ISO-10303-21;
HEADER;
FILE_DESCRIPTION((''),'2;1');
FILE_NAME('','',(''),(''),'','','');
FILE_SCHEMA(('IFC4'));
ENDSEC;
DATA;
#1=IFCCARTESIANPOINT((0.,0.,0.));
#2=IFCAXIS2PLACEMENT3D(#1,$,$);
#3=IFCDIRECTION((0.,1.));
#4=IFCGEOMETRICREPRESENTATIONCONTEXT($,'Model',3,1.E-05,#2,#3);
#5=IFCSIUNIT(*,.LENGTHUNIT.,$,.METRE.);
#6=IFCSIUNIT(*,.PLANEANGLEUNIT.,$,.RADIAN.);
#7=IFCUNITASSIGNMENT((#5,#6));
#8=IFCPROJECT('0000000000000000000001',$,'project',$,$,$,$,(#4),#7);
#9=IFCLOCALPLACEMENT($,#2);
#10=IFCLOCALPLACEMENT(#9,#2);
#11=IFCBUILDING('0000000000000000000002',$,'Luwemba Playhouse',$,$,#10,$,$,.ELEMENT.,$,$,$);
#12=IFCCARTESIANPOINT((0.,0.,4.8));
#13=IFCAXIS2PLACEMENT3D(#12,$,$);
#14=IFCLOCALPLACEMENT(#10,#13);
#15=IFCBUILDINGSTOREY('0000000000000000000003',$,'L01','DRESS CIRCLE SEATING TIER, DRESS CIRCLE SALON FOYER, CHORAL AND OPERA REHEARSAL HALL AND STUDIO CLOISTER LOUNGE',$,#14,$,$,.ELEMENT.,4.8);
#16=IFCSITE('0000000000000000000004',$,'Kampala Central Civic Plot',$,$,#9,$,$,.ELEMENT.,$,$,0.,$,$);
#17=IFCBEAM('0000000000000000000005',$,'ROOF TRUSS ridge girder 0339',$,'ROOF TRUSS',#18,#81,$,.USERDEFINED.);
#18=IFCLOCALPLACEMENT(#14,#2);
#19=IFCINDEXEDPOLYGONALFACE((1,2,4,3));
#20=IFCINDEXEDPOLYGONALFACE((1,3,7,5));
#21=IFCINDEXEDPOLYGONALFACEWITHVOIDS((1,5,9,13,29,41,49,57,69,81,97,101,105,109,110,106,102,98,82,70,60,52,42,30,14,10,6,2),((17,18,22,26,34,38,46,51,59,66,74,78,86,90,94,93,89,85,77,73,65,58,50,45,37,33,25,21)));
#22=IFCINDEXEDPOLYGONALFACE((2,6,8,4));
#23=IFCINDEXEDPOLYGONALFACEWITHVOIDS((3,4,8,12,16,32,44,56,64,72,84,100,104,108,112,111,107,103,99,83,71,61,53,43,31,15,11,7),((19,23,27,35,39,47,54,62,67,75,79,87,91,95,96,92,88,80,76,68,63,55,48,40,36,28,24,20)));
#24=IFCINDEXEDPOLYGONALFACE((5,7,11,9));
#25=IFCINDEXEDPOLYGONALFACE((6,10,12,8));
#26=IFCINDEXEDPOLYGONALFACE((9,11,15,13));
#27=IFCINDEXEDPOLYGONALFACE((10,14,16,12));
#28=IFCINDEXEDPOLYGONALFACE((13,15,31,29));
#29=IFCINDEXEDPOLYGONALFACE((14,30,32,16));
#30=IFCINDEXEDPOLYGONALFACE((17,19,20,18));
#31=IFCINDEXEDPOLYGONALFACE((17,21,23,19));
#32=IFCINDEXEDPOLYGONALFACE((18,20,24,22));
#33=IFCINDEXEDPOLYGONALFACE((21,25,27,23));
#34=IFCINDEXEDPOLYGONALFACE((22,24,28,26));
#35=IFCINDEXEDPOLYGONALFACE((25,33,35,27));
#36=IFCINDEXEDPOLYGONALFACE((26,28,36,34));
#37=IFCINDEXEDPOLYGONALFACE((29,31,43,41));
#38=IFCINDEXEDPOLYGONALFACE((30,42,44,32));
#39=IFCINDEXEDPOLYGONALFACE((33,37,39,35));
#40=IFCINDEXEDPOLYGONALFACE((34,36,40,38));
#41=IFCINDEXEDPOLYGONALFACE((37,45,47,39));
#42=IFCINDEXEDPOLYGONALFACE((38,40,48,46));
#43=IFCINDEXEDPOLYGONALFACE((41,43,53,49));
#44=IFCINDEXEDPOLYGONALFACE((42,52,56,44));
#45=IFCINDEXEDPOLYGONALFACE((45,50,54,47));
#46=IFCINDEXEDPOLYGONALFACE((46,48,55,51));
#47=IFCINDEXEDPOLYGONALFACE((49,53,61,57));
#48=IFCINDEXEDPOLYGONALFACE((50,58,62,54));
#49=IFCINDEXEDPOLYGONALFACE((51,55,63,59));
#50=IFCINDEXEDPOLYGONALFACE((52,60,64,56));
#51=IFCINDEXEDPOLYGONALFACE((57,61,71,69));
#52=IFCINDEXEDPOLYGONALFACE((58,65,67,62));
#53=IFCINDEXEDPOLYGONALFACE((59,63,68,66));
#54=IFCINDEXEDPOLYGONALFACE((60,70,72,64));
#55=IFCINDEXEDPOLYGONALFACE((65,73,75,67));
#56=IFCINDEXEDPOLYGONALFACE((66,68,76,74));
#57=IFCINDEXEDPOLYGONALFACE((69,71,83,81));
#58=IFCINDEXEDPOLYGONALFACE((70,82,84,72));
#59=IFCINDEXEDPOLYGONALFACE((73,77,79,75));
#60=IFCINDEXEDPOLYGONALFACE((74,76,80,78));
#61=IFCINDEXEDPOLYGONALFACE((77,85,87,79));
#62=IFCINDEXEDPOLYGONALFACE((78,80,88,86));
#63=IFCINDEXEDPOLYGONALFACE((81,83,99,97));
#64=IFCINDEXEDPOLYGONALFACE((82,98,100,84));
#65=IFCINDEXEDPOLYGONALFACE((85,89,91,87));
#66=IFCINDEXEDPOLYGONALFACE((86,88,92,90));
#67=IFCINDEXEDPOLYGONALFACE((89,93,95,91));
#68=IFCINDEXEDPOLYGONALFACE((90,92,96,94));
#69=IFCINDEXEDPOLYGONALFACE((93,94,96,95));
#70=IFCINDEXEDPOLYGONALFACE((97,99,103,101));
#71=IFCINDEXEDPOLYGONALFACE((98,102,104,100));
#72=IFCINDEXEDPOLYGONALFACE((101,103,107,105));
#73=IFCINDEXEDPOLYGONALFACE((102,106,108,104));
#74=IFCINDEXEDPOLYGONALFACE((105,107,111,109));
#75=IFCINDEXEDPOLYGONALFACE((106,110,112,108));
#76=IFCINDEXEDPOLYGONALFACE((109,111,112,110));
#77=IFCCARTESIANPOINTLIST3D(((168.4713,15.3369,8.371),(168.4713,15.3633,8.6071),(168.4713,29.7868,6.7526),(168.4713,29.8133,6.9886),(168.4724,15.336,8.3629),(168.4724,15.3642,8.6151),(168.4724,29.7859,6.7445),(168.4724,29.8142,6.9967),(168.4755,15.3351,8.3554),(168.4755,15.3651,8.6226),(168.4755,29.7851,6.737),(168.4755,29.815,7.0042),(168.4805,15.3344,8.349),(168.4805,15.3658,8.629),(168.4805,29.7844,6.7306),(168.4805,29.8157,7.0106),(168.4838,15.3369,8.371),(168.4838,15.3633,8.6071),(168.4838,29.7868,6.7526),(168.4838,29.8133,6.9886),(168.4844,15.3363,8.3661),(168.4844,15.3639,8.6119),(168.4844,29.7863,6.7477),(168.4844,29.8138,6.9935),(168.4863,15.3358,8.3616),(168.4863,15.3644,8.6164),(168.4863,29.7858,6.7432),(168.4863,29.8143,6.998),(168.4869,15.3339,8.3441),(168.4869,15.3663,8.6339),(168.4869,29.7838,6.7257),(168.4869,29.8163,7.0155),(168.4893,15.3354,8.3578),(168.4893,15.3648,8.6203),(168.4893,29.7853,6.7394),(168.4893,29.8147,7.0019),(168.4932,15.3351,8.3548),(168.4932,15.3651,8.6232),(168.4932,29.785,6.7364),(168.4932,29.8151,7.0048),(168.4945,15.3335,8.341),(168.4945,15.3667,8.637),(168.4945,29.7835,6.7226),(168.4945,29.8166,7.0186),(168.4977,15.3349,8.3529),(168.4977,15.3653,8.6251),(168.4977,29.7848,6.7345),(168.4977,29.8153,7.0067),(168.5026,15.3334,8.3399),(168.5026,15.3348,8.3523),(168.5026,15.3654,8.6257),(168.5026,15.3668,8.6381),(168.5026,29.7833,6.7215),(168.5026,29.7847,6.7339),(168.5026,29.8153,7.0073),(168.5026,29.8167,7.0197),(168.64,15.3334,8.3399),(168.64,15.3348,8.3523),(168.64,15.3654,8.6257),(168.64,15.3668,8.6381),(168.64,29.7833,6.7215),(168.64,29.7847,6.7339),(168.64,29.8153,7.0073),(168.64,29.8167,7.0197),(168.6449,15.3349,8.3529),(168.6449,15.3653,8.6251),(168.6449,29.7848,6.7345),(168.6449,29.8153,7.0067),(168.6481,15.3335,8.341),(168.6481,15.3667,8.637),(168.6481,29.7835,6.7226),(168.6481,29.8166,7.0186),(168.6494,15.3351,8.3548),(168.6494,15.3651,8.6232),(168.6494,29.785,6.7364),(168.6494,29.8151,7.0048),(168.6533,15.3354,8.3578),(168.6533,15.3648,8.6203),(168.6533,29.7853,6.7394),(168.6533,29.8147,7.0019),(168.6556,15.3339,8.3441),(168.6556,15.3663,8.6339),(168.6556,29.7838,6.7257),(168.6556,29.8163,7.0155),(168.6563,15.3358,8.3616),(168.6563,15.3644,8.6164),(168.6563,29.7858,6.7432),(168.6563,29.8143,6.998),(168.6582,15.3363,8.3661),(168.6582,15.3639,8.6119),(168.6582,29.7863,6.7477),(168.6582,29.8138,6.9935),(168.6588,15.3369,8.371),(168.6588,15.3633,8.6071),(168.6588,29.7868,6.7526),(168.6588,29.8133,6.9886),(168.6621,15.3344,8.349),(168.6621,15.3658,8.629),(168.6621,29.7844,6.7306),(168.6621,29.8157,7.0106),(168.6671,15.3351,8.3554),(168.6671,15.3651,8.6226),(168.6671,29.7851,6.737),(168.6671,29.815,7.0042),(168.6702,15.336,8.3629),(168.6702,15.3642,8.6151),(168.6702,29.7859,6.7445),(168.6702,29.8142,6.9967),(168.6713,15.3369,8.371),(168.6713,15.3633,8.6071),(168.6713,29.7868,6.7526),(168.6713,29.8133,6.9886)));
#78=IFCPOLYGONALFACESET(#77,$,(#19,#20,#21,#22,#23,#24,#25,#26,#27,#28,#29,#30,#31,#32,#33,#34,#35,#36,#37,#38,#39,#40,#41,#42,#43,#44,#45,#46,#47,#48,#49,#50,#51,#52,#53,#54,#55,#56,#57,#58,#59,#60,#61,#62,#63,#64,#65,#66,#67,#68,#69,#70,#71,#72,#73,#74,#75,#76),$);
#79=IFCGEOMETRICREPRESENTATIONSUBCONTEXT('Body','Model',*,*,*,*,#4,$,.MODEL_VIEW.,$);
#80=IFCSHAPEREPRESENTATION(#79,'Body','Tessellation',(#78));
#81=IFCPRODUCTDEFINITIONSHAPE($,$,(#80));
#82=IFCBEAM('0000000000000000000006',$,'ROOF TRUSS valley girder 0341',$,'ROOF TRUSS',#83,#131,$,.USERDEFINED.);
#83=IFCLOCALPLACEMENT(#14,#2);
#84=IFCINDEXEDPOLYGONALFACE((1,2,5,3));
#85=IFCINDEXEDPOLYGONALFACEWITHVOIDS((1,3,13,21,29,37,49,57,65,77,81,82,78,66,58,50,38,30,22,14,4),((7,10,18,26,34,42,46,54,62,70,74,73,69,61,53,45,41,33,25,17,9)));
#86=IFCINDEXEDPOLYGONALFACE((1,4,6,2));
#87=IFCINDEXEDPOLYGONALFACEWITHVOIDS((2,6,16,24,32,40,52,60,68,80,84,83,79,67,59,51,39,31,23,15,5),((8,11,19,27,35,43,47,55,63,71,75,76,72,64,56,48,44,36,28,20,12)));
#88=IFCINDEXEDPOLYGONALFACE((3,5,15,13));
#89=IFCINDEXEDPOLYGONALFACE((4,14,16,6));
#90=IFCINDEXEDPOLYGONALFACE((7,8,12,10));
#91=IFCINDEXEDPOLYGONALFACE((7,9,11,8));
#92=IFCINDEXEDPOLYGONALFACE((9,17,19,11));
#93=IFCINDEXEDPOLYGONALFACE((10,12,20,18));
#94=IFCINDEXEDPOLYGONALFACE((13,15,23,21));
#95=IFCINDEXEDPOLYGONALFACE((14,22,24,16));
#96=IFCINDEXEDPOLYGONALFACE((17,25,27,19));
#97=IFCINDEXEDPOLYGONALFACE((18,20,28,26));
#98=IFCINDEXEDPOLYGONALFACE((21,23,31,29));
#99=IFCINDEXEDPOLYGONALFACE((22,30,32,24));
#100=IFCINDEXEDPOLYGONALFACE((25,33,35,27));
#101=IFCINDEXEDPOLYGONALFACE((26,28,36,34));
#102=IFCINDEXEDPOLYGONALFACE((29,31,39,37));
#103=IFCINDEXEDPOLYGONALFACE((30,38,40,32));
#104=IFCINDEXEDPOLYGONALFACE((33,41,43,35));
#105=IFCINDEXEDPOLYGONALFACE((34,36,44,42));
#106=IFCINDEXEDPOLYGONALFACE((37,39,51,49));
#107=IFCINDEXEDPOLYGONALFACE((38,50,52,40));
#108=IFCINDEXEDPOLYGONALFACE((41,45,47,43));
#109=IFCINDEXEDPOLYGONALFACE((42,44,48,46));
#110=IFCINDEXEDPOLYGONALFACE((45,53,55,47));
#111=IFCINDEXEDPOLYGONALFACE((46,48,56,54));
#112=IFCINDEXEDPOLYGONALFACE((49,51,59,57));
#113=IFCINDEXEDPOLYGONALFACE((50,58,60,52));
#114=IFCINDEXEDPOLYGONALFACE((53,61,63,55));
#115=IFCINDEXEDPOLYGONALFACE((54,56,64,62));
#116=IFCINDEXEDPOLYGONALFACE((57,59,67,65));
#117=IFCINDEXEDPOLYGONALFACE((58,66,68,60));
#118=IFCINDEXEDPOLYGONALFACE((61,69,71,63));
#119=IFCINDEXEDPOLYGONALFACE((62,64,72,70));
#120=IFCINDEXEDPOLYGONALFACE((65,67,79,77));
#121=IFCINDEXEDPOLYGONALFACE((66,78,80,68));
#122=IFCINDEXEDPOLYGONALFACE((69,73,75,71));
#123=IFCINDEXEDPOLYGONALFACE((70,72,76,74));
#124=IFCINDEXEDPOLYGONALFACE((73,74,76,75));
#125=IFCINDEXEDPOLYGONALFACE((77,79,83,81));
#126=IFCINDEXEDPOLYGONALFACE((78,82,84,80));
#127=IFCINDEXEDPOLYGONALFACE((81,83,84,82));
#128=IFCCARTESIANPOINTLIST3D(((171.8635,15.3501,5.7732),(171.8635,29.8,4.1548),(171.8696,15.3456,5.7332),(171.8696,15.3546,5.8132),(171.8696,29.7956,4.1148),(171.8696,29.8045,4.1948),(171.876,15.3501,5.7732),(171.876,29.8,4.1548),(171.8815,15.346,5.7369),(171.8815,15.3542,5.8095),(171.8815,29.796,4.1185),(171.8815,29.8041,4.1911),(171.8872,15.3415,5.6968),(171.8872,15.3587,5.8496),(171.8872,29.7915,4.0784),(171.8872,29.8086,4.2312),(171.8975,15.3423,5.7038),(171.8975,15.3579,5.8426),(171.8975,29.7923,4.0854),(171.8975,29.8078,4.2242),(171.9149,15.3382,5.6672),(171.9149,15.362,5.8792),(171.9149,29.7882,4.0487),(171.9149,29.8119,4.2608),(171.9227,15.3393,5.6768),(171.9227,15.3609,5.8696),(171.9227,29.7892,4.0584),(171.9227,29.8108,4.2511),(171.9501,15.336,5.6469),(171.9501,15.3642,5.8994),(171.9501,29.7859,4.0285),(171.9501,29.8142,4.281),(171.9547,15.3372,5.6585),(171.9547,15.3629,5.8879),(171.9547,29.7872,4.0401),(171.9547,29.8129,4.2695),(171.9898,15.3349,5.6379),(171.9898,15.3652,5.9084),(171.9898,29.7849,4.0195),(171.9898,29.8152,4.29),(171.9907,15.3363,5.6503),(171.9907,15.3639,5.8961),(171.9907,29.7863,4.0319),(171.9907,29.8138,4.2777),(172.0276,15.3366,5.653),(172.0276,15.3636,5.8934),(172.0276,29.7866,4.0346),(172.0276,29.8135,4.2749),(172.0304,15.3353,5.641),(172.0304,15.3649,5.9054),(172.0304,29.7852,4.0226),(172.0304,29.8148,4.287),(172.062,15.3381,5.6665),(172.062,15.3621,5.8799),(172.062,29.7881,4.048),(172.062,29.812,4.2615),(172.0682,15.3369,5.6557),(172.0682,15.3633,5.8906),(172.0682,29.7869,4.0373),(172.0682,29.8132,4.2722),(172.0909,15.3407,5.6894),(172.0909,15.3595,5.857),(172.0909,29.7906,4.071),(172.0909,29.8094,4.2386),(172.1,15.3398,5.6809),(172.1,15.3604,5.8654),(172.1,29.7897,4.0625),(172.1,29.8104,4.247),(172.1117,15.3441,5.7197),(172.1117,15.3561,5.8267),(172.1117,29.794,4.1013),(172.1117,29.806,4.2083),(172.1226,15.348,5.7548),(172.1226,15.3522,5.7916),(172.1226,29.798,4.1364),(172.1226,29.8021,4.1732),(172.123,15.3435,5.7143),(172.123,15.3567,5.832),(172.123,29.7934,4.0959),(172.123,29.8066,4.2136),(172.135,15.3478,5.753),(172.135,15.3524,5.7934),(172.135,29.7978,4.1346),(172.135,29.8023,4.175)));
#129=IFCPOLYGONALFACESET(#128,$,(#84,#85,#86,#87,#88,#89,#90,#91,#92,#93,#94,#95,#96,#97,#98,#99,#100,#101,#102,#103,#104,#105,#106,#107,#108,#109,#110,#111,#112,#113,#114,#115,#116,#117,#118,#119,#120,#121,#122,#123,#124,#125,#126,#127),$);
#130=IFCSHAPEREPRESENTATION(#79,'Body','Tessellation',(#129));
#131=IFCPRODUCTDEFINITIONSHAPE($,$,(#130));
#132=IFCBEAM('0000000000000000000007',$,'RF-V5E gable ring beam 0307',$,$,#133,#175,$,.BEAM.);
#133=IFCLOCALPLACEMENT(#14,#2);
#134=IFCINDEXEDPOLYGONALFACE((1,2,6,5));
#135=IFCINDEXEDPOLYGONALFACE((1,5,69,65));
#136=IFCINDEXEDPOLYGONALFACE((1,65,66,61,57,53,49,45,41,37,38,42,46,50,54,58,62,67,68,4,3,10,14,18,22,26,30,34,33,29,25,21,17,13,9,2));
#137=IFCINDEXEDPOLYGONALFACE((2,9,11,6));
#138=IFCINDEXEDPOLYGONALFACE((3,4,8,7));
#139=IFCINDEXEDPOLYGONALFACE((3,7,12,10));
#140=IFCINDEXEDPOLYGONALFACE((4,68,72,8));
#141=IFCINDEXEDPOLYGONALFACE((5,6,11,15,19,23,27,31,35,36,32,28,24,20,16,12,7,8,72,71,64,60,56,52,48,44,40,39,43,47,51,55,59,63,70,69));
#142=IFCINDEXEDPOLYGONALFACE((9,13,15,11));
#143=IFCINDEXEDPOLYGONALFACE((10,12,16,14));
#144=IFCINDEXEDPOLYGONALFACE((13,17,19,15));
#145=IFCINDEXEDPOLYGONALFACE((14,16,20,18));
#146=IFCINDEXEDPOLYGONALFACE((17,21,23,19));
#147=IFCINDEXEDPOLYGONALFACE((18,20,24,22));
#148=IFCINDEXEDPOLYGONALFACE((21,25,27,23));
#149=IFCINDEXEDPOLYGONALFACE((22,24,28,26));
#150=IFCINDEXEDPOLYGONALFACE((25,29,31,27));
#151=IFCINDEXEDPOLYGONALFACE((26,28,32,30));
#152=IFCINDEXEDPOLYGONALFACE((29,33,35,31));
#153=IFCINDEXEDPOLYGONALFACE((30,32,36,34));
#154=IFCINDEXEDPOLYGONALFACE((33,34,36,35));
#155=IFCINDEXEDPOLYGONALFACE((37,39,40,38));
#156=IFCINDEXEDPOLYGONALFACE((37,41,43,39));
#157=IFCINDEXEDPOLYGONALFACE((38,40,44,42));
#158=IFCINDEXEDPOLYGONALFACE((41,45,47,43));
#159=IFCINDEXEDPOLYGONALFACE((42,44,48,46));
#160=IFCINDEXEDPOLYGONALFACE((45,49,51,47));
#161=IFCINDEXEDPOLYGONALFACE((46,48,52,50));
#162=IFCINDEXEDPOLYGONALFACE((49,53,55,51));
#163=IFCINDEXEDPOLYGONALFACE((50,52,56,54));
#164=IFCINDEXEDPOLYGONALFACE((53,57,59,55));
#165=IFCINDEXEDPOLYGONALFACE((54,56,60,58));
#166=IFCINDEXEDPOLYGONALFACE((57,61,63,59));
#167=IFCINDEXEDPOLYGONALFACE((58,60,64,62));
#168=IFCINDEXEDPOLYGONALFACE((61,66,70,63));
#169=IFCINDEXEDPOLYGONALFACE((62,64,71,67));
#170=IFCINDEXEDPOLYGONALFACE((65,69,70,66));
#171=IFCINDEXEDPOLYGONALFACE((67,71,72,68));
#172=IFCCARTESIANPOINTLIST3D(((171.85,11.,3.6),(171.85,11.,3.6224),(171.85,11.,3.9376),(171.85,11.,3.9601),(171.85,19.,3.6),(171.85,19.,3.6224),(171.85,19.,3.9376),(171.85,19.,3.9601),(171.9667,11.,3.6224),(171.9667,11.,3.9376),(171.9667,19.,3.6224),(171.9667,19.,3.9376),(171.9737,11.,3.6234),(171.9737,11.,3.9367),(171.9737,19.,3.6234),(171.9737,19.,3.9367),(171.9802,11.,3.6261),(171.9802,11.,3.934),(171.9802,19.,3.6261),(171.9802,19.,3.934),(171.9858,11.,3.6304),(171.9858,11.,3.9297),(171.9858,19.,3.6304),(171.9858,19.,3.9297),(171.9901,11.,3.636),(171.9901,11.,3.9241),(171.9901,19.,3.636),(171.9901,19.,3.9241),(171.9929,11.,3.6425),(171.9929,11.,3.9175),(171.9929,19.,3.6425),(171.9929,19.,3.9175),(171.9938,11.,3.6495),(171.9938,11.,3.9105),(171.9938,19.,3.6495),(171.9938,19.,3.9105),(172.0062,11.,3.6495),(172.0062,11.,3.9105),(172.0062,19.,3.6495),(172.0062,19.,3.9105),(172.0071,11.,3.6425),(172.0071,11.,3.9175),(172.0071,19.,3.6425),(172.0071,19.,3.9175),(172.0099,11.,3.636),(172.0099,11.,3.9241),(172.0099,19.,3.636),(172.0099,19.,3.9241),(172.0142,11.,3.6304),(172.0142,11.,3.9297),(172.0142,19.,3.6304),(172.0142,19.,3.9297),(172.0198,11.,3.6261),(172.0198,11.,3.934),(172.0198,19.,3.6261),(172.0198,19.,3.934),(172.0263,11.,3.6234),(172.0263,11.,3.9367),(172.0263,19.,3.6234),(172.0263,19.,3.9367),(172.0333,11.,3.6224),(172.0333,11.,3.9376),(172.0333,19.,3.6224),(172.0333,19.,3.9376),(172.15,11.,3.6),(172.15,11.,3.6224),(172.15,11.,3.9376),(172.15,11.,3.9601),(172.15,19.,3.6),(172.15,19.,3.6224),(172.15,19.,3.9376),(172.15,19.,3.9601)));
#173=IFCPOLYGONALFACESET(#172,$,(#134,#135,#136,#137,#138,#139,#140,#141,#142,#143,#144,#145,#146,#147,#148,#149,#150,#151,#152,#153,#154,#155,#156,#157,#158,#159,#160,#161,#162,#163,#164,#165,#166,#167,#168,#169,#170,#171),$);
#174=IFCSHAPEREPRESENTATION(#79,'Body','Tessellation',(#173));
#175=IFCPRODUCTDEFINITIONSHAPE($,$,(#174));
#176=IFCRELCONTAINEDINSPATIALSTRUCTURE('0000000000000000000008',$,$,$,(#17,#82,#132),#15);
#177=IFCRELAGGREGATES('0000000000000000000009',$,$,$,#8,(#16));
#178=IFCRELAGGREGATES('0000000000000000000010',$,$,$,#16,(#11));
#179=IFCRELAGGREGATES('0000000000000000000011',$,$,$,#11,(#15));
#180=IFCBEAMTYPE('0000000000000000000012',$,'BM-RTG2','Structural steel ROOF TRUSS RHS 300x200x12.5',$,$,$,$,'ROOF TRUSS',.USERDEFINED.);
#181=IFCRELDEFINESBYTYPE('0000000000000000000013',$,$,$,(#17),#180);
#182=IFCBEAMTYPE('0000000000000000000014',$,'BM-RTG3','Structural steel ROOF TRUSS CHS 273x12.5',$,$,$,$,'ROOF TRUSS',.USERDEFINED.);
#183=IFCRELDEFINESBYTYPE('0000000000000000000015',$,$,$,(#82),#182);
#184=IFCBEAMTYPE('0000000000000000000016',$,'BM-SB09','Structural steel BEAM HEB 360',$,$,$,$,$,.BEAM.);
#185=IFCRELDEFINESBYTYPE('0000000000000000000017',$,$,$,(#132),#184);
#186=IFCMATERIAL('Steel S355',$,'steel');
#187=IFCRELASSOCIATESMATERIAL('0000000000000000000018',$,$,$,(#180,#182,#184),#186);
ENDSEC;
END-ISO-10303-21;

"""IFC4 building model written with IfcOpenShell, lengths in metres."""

from ifc_helpers import new_model, si_unit, direction, frame, origin, origin_2d, place, context, subcontext, project, spatial, hollow_rectangle, hollow_circle, i_section, extrude, material, material_profile, profile_set, type_object, element, save


model = new_model("IFC4")

# Units and contexts
model_context = context("Model", 3, precision=1e-05, world=origin(), true_north=direction((0.0, 1.0)))
body_context = subcontext(model_context, "Body", "Model", "MODEL_VIEW")
ifc_project = project(units=[si_unit("LENGTHUNIT", "METRE"), si_unit("PLANEANGLEUNIT", "RADIAN")], contexts=[model_context])

# Site, building, storey
site_placement = place(None, origin())
site = spatial("IfcSite", under=ifc_project, at=site_placement, Name="Kampala Central Civic Plot", CompositionType="ELEMENT", RefElevation=0.0)
building_placement = place(site_placement, origin())
building = spatial("IfcBuilding", under=site, at=building_placement, Name="Luwemba Playhouse", CompositionType="ELEMENT")
storey_placement = place(building_placement, frame((0.0, 0.0, 4.8)))
storey = spatial("IfcBuildingStorey", under=building, at=storey_placement, Name="L01", Description="DRESS CIRCLE SEATING TIER, DRESS CIRCLE SALON FOYER, CHORAL AND OPERA REHEARSAL HALL AND STUDIO CLOISTER LOUNGE", CompositionType="ELEMENT", Elevation=4.8)

# Beams
ifc_material_1 = material(Name="Steel S355", Category="steel")
ifc_material_profile_1 = material_profile(ifc_material_1, hollow_rectangle(XDim=0.2, YDim=0.3, WallThickness=0.0125, InnerFilletRadius=0.0188, OuterFilletRadius=0.0312, at=origin_2d()))
ifc_profile_set_1 = profile_set([ifc_material_profile_1], Name="Steel S355")
beam_type_1 = type_object("IfcBeamType", Name="BM-RTG2", Description="Structural steel ROOF TRUSS RHS 300x200x12.5", ElementType="ROOF TRUSS", PredefinedType="USERDEFINED", material=ifc_profile_set_1)
beam_1_placement = place(storey_placement, frame((168.5713, 15.3501, 8.489), z_axis=(0.0, 0.993786, -0.111305), x_axis=(-1.0, 0.0, 0.0)))
element("IfcBeam", 1, at=beam_1_placement, inside=storey, type_object=beam_type_1, Name="ROOF TRUSS ridge girder 0339", ObjectType="ROOF TRUSS", PredefinedType="USERDEFINED", context=body_context, shape_type="SweptSolid", body=[
    extrude(hollow_rectangle(XDim=0.2, YDim=0.3, WallThickness=0.0125, InnerFilletRadius=0.0188, OuterFilletRadius=0.0312, at=origin_2d()), origin(), (0.0, 0.0, 1.0), 14.5403),
])
ifc_material_profile_2 = material_profile(ifc_material_1, hollow_circle(Radius=0.1365, WallThickness=0.0125, at=origin_2d()))
ifc_profile_set_2 = profile_set([ifc_material_profile_2], Name="Steel S355")
beam_type_2 = type_object("IfcBeamType", Name="BM-RTG3", Description="Structural steel ROOF TRUSS CHS 273x12.5", ElementType="ROOF TRUSS", PredefinedType="USERDEFINED", material=ifc_profile_set_2)
beam_2_placement = place(storey_placement, frame((172.0, 15.3501, 5.7732), z_axis=(0.0, 0.993786, -0.111305), x_axis=(-1.0, 0.0, 0.0)))
element("IfcBeam", 2, at=beam_2_placement, inside=storey, type_object=beam_type_2, Name="ROOF TRUSS valley girder 0341", ObjectType="ROOF TRUSS", PredefinedType="USERDEFINED", context=body_context, shape_type="SweptSolid", body=[
    extrude(hollow_circle(Radius=0.1365, WallThickness=0.0125, at=origin_2d()), origin(), (0.0, 0.0, 1.0), 14.5403),
])
ifc_material_profile_3 = material_profile(ifc_material_1, i_section(OverallWidth=0.3, OverallDepth=0.3601, WebThickness=0.0125, FlangeThickness=0.0225, FilletRadius=0.0271, at=origin_2d()))
ifc_profile_set_3 = profile_set([ifc_material_profile_3], Name="Steel S355")
beam_type_3 = type_object("IfcBeamType", Name="BM-SB09", Description="Structural steel BEAM HEB 360", PredefinedType="BEAM", material=ifc_profile_set_3)
beam_3_placement = place(storey_placement, frame((172.0, 11.0, 3.78), z_axis=(0.0, 1.0, 0.0), x_axis=(-1.0, 0.0, 0.0)))
element("IfcBeam", 3, at=beam_3_placement, inside=storey, type_object=beam_type_3, Name="RF-V5E gable ring beam 0307", PredefinedType="BEAM", context=body_context, shape_type="SweptSolid", body=[
    extrude(i_section(OverallWidth=0.3, OverallDepth=0.3601, WebThickness=0.0125, FlangeThickness=0.0225, FilletRadius=0.0271, at=origin_2d()), origin(), (0.0, 0.0, 1.0), 8.0),
])

save(model, "model.ifc")
